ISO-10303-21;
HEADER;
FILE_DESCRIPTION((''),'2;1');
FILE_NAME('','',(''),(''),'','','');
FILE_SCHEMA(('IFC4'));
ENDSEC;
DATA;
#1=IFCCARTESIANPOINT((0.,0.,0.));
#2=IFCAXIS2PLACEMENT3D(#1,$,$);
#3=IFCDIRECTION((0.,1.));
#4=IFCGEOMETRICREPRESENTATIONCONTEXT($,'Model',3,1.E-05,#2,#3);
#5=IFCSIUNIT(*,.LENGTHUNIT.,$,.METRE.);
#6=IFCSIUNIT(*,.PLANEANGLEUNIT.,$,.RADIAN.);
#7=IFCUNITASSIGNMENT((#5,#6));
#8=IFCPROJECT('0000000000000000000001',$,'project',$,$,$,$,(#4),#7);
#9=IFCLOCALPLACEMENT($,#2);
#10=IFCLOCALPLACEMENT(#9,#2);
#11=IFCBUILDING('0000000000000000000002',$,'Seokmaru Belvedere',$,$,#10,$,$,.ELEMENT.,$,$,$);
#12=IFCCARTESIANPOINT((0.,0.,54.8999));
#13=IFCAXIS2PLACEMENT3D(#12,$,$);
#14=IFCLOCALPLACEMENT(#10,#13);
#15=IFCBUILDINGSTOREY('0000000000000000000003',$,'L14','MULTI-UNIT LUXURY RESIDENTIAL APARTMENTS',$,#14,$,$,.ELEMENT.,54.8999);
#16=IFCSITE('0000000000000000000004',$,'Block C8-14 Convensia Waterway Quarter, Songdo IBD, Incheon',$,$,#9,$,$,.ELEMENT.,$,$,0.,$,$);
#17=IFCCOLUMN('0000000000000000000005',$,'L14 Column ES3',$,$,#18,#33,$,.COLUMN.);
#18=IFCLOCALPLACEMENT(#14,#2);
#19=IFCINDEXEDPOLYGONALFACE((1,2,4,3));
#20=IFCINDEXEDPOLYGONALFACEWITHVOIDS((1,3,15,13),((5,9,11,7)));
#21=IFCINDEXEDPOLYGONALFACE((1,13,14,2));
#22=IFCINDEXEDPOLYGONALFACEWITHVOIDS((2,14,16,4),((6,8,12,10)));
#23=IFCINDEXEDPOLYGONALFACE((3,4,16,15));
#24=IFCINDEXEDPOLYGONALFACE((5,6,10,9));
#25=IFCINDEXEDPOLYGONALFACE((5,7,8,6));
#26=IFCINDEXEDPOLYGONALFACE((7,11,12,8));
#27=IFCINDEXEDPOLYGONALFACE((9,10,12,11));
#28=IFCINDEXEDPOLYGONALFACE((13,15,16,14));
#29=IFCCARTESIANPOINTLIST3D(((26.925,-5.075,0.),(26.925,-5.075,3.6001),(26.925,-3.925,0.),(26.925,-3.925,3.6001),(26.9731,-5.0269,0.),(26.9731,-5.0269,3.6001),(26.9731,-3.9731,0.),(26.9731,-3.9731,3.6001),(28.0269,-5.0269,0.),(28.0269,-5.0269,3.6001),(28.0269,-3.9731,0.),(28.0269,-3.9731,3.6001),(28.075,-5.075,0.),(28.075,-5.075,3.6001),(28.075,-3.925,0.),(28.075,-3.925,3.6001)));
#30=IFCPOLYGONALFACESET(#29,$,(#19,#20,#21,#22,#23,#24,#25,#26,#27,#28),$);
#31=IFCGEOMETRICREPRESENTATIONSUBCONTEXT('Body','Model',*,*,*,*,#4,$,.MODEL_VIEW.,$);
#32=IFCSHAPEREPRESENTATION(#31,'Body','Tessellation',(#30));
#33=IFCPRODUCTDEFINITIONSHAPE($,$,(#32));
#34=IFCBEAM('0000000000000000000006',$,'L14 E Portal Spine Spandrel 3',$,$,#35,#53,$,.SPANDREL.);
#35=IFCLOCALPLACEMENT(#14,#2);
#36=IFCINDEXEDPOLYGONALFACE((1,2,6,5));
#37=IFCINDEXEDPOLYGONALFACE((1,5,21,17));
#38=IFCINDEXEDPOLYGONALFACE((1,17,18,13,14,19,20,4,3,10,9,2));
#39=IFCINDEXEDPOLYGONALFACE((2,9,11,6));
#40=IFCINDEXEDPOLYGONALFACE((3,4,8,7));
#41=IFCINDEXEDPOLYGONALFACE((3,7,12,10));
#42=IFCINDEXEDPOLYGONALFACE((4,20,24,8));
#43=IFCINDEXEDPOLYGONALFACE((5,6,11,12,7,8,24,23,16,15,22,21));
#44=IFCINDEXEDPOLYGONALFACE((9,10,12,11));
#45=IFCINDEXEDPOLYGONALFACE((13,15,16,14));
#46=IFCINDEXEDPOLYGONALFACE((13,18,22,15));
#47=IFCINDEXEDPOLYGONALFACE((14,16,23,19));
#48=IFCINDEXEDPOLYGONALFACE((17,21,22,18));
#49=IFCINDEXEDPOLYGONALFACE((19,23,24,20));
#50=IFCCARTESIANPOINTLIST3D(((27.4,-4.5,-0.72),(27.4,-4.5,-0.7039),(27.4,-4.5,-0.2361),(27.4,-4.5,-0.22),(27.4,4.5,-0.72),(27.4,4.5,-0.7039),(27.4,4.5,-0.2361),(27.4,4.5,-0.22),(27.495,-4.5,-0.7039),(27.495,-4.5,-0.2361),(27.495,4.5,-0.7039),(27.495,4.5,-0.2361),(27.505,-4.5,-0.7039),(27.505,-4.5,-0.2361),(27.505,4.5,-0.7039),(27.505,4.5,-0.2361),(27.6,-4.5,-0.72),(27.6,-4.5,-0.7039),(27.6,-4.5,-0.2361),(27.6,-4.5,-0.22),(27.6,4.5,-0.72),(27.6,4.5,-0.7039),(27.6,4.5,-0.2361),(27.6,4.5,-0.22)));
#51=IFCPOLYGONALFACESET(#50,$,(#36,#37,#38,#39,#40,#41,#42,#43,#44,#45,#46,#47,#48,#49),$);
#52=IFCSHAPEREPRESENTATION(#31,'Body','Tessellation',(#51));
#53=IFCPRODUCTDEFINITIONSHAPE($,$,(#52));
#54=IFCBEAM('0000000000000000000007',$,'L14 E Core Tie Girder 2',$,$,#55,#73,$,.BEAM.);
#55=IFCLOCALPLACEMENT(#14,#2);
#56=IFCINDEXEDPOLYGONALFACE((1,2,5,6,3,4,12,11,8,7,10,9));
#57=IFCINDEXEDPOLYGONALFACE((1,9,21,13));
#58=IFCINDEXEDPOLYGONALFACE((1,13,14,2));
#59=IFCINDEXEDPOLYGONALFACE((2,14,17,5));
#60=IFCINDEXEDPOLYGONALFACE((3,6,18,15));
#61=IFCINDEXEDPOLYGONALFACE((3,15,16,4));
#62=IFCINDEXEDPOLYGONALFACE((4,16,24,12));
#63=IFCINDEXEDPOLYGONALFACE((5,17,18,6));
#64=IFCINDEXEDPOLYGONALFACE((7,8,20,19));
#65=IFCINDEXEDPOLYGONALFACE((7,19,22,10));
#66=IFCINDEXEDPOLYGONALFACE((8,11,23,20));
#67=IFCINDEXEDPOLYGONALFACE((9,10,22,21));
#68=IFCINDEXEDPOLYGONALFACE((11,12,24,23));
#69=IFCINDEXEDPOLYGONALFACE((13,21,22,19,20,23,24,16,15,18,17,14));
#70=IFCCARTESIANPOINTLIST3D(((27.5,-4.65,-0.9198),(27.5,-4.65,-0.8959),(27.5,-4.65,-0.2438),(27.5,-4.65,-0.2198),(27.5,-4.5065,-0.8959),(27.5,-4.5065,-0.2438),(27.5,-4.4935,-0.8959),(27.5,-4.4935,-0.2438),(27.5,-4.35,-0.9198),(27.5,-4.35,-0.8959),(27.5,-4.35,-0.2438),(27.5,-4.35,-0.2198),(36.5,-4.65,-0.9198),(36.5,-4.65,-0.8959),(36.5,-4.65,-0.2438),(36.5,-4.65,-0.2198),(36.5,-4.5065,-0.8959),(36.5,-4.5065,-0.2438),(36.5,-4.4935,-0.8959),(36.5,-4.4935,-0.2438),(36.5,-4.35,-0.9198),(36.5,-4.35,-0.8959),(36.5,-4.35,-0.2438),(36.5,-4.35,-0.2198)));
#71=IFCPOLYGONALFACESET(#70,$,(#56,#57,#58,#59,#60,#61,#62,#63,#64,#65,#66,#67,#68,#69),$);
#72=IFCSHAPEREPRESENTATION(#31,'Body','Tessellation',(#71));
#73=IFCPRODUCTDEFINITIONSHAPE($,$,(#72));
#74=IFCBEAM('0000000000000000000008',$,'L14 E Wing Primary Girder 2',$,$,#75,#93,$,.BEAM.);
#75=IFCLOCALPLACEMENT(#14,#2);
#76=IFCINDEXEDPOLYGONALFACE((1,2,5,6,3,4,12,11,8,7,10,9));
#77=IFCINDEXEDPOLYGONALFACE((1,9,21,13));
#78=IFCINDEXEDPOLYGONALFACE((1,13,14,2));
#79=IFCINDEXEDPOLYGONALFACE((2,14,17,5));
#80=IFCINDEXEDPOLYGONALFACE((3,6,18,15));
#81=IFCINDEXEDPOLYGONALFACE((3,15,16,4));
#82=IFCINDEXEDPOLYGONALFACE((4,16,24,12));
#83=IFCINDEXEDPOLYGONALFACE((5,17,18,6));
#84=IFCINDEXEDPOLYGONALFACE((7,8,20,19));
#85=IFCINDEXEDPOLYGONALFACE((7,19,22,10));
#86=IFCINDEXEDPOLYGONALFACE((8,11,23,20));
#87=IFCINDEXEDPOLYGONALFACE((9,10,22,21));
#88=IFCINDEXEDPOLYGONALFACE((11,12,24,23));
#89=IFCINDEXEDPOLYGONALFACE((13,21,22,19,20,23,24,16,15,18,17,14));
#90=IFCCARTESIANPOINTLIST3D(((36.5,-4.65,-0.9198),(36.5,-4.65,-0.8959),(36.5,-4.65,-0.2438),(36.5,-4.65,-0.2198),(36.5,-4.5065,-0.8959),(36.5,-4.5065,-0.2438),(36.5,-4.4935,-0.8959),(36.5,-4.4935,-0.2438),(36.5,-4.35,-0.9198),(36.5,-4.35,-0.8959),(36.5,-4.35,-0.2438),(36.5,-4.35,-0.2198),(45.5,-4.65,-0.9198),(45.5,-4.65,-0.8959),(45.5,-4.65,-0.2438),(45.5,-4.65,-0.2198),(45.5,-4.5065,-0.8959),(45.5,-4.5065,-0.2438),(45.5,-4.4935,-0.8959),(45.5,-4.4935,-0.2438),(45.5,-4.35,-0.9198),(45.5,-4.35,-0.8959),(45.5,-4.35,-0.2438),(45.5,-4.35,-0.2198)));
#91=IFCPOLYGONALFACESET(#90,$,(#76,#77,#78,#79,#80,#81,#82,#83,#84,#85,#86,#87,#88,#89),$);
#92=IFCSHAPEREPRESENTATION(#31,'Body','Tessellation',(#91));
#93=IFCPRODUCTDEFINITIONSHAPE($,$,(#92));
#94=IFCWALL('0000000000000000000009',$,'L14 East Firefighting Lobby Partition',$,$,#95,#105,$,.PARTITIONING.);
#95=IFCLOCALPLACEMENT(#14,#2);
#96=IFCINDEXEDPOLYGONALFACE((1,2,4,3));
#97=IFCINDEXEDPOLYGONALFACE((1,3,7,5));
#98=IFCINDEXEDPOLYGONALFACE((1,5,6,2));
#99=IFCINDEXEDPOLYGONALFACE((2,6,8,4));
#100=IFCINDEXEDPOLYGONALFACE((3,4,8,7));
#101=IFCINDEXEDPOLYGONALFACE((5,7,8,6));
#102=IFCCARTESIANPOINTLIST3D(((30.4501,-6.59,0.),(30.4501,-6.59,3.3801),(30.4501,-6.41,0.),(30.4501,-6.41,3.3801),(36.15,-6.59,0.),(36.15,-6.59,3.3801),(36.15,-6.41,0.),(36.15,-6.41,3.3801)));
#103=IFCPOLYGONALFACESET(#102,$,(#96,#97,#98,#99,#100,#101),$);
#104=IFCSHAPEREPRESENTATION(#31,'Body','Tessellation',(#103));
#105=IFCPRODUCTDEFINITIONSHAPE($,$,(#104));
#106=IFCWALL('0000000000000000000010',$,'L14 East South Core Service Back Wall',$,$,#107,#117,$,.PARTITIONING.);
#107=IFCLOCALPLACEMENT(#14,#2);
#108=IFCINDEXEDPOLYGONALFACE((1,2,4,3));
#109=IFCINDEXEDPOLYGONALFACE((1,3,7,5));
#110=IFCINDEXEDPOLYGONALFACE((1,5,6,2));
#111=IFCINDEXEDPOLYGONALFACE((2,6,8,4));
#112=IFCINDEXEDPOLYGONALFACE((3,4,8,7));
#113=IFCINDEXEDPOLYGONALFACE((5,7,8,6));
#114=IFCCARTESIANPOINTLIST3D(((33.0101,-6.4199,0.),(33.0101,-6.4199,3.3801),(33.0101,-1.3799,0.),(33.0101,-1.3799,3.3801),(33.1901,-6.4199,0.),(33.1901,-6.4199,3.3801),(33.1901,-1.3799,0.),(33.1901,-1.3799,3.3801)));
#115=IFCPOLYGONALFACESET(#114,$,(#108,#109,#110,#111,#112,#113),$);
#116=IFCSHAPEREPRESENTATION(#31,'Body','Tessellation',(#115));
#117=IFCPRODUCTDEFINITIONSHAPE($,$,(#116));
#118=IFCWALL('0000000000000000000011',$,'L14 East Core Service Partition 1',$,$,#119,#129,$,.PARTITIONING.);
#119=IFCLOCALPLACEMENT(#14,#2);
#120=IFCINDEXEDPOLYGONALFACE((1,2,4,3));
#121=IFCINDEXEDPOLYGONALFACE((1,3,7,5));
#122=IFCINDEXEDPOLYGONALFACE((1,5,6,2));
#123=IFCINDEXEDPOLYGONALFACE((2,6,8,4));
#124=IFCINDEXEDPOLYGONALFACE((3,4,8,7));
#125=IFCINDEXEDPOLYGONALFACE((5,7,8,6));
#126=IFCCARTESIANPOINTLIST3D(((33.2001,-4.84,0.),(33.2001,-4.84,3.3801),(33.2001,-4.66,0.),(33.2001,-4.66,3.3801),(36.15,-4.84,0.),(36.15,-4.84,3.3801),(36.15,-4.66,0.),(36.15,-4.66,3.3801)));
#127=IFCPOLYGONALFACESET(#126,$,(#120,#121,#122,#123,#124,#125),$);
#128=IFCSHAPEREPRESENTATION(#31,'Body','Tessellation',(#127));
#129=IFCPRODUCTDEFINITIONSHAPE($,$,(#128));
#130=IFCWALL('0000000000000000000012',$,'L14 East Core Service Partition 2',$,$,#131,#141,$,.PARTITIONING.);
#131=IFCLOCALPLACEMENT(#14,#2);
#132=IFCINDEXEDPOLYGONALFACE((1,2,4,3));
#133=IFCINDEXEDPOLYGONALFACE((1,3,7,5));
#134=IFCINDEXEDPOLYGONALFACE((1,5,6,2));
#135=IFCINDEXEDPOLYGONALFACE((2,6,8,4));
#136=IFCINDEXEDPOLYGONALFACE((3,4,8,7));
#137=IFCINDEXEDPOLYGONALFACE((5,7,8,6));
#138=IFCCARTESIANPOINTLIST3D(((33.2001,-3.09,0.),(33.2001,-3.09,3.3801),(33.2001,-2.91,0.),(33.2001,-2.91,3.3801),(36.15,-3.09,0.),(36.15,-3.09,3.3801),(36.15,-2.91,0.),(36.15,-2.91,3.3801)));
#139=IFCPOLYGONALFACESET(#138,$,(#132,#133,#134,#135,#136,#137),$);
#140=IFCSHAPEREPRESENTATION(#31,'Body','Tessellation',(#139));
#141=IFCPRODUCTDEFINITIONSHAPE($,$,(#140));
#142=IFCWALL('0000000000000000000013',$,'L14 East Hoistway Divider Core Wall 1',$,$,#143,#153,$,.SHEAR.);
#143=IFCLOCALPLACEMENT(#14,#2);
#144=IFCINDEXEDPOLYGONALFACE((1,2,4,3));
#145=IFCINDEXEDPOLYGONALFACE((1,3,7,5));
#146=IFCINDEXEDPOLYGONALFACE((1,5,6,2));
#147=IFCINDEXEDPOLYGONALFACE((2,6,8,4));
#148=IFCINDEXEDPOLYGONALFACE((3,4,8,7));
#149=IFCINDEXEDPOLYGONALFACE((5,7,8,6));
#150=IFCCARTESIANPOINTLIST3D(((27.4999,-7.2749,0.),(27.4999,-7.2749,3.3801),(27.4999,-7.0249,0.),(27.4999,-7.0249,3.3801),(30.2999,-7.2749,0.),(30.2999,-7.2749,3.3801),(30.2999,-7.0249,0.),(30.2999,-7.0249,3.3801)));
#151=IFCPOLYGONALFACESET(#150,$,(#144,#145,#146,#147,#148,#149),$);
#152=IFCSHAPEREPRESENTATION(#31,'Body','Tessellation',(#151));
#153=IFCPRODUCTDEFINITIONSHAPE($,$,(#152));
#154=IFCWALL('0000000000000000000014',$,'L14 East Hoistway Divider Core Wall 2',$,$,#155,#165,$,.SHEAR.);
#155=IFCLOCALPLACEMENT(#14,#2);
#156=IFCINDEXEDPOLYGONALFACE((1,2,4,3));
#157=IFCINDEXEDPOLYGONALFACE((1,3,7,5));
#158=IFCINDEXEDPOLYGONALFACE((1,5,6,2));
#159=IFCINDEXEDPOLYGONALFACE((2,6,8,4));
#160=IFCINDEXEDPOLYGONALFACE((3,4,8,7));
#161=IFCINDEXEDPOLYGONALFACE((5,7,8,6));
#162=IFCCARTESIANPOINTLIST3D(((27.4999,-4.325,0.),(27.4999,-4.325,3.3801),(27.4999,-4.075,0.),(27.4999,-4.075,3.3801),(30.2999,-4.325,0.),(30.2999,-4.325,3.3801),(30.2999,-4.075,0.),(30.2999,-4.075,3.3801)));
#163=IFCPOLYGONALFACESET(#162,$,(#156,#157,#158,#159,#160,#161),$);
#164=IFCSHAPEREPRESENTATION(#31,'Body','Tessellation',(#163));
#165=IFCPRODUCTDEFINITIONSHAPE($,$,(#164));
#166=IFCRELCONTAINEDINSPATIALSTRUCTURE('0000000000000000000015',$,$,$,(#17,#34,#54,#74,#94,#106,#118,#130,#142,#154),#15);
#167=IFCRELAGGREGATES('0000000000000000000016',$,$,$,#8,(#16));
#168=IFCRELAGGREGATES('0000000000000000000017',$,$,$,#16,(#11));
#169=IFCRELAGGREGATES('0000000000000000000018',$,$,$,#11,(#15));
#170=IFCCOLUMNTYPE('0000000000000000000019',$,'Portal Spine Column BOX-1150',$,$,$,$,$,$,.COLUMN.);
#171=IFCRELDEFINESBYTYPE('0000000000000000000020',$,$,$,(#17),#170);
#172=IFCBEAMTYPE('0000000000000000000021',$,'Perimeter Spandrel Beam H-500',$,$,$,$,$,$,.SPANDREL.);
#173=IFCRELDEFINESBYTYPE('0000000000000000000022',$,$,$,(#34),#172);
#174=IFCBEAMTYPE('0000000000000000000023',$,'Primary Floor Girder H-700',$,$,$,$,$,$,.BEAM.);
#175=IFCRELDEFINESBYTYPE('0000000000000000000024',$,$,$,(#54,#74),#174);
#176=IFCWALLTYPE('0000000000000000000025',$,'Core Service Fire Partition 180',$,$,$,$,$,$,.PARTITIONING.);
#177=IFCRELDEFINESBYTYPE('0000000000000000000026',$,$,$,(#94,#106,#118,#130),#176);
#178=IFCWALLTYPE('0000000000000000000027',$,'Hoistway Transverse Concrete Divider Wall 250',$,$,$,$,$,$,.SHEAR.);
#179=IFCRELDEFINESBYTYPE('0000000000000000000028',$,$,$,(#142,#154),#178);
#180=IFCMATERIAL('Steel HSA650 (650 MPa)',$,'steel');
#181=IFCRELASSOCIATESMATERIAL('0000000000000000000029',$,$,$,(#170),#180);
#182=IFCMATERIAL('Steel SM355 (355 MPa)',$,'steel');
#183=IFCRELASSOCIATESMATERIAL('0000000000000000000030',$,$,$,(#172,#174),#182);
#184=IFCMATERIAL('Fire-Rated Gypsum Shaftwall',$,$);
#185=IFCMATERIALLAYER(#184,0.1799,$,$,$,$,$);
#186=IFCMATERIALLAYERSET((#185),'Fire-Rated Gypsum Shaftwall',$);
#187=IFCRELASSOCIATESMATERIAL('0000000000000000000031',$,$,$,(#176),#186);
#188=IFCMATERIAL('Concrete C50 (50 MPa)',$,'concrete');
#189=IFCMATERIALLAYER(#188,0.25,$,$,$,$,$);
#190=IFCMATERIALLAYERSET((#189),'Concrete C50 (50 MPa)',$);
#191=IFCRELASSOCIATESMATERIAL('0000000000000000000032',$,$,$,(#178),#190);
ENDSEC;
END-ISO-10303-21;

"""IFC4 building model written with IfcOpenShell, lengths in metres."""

from ifc_helpers import new_model, si_unit, direction, frame, frame_2d, origin, origin_2d, place, context, subcontext, project, spatial, rectangle, hollow_rectangle, i_section, extrude, source, transform, mapped, material, layer, layer_set, material_profile, profile_set, type_object, type_shapes, element, save


model = new_model("IFC4")

# Units and contexts
model_context = context("Model", 3, precision=1e-05, world=origin(), true_north=direction((0.0, 1.0)))
body_context = subcontext(model_context, "Body", "Model", "MODEL_VIEW")
ifc_project = project(units=[si_unit("LENGTHUNIT", "METRE"), si_unit("PLANEANGLEUNIT", "RADIAN")], contexts=[model_context])

# Site, building, storey
site_placement = place(None, origin())
site = spatial("IfcSite", under=ifc_project, at=site_placement, Name="Block C8-14 Convensia Waterway Quarter, Songdo IBD, Incheon", CompositionType="ELEMENT", RefElevation=0.0)
building_placement = place(site_placement, origin())
building = spatial("IfcBuilding", under=site, at=building_placement, Name="Seokmaru Belvedere", CompositionType="ELEMENT")
storey_placement = place(building_placement, frame((0.0, 0.0, 54.8999)))
storey = spatial("IfcBuildingStorey", under=building, at=storey_placement, Name="L14", Description="MULTI-UNIT LUXURY RESIDENTIAL APARTMENTS", CompositionType="ELEMENT", Elevation=54.8999)

# Column
ifc_material_1 = material(Name="Steel HSA650 (650 MPa)", Category="steel")
ifc_material_profile_1 = material_profile(ifc_material_1, hollow_rectangle(XDim=1.1499, YDim=1.1499, WallThickness=0.0481, at=origin_2d()), Name="BOX-1150x1150x48")
ifc_profile_set_1 = profile_set([ifc_material_profile_1], Name="Steel HSA650 (650 MPa)")
column_type = type_object("IfcColumnType", Name="Portal Spine Column BOX-1150", PredefinedType="COLUMN", material=ifc_profile_set_1)
shared_shape_1 = source(origin(), body_context, "Body", "SweptSolid", [
    extrude(hollow_rectangle(XDim=1.1499, YDim=1.1499, WallThickness=0.0481, at=origin_2d()), origin(), (0.0, 0.0, 1.0), 3.6001),
])
type_shapes(column_type, [shared_shape_1])
column_placement = place(storey_placement, frame((27.5, -4.5, 0.0), z_axis=(0.0, 0.0, 1.0), x_axis=(1.0, 0.0, 0.0)))
element("IfcColumn", 1, at=column_placement, inside=storey, type_object=column_type, Name="L14 Column ES3", PredefinedType="COLUMN", context=body_context, shape_type="MappedRepresentation", body=[
    mapped(shared_shape_1, transform((0.0, 0.0, 0.0), scale=1.0)),
])

# Beams
ifc_material_2 = material(Name="Steel SM355 (355 MPa)", Category="steel")
ifc_material_profile_2 = material_profile(ifc_material_2, i_section(OverallWidth=0.2, OverallDepth=0.5, WebThickness=0.01, FlangeThickness=0.0161, at=origin_2d()), Name="H-500x200x10x16")
ifc_profile_set_2 = profile_set([ifc_material_profile_2], Name="Steel SM355 (355 MPa)")
beam_type_1 = type_object("IfcBeamType", Name="Perimeter Spandrel Beam H-500", PredefinedType="SPANDREL", material=ifc_profile_set_2)
shared_shape_2 = source(origin(), body_context, "Body", "SweptSolid", [
    extrude(i_section(OverallWidth=0.2, OverallDepth=0.5, WebThickness=0.01, FlangeThickness=0.0161, at=origin_2d()), origin(), (0.0, 0.0, 1.0), 9.0),
])
type_shapes(beam_type_1, [shared_shape_2])
beam_placement = place(storey_placement, frame((27.5, -4.5, -0.47), z_axis=(0.0, 1.0, 0.0), x_axis=(-1.0, 0.0, 0.0)))
element("IfcBeam", 2, at=beam_placement, inside=storey, type_object=beam_type_1, Name="L14 E Portal Spine Spandrel 3", PredefinedType="SPANDREL", context=body_context, shape_type="MappedRepresentation", body=[
    mapped(shared_shape_2, transform((0.0, 0.0, 0.0), scale=1.0)),
])
ifc_material_profile_3 = material_profile(ifc_material_2, i_section(OverallWidth=0.3, OverallDepth=0.7, WebThickness=0.0129, FlangeThickness=0.0239, at=origin_2d()), Name="H-700x300x13x24")
ifc_profile_set_3 = profile_set([ifc_material_profile_3], Name="Steel SM355 (355 MPa)")
beam_type_2 = type_object("IfcBeamType", Name="Primary Floor Girder H-700", PredefinedType="BEAM", material=ifc_profile_set_3)
shared_shape_3 = source(origin(), body_context, "Body", "SweptSolid", [
    extrude(i_section(OverallWidth=0.3, OverallDepth=0.7, WebThickness=0.0129, FlangeThickness=0.0239, at=origin_2d()), origin(), (0.0, 0.0, 1.0), 9.0),
])
type_shapes(beam_type_2, [shared_shape_3])
for number, where, z_axis, x_axis, name in (
    (3, (27.5, -4.5, -0.5698), (1.0, 0.0, 0.0), (0.0, 1.0, 0.0), "L14 E Core Tie Girder 2"),
    (4, (36.5, -4.5, -0.5698), (1.0, 0.0, 0.0), (0.0, 1.0, 0.0), "L14 E Wing Primary Girder 2"),
):
    element("IfcBeam", number, at=place(storey_placement, frame(where, z_axis=z_axis, x_axis=x_axis)), inside=storey, type_object=beam_type_2, Name=name, PredefinedType="BEAM", context=body_context, shape_type="MappedRepresentation", body=[
        mapped(shared_shape_3, transform((0.0, 0.0, 0.0), scale=1.0)),
    ])

# Walls
ifc_material_3 = material(Name="Fire-Rated Gypsum Shaftwall")
ifc_layer_1 = layer(ifc_material_3, 0.1799)
ifc_layer_set_1 = layer_set([ifc_layer_1], Name="Fire-Rated Gypsum Shaftwall")
wall_type_1 = type_object("IfcWallType", Name="Core Service Fire Partition 180", PredefinedType="PARTITIONING", material=ifc_layer_set_1)
wall_1_placement = place(storey_placement, frame((30.45, -6.5, 0.0), z_axis=(0.0, 0.0, 1.0), x_axis=(1.0, 0.0, 0.0)))
element("IfcWall", 5, at=wall_1_placement, inside=storey, type_object=wall_type_1, Name="L14 East Firefighting Lobby Partition", PredefinedType="PARTITIONING", context=body_context, shape_type="SweptSolid", body=[
    extrude(rectangle(XDim=5.7, YDim=0.1799, at=frame_2d((2.8501, 0.0))), origin(), (0.0, 0.0, 1.0), 3.3801),
])
wall_2_placement = place(storey_placement, frame((33.1001, -6.4199, 0.0), z_axis=(0.0, 0.0, 1.0), x_axis=(0.0, 1.0, 0.0)))
element("IfcWall", 6, at=wall_2_placement, inside=storey, type_object=wall_type_1, Name="L14 East South Core Service Back Wall", PredefinedType="PARTITIONING", context=body_context, shape_type="SweptSolid", body=[
    extrude(rectangle(XDim=5.04, YDim=0.1799, at=frame_2d((2.52, 0.0))), origin(), (0.0, 0.0, 1.0), 3.3801),
])
for number, where, z_axis, x_axis, name in (
    (7, (33.2, -4.75, 0.0), (0.0, 0.0, 1.0), (1.0, 0.0, 0.0), "L14 East Core Service Partition 1"),
    (8, (33.2, -3.0, 0.0), (0.0, 0.0, 1.0), (1.0, 0.0, 0.0), "L14 East Core Service Partition 2"),
):
    element("IfcWall", number, at=place(storey_placement, frame(where, z_axis=z_axis, x_axis=x_axis)), inside=storey, type_object=wall_type_1, Name=name, PredefinedType="PARTITIONING", context=body_context, shape_type="SweptSolid", body=[
        extrude(rectangle(XDim=2.95, YDim=0.1799, at=frame_2d((1.4751, 0.0))), origin(), (0.0, 0.0, 1.0), 3.3801),
    ])
ifc_material_4 = material(Name="Concrete C50 (50 MPa)", Category="concrete")
ifc_layer_2 = layer(ifc_material_4, 0.25)
ifc_layer_set_2 = layer_set([ifc_layer_2], Name="Concrete C50 (50 MPa)")
wall_type_2 = type_object("IfcWallType", Name="Hoistway Transverse Concrete Divider Wall 250", PredefinedType="SHEAR", material=ifc_layer_set_2)
for number, where, z_axis, x_axis, name in (
    (9, (27.5, -7.1499, 0.0), (0.0, 0.0, 1.0), (1.0, 0.0, 0.0), "L14 East Hoistway Divider Core Wall 1"),
    (10, (27.5, -4.2, 0.0), (0.0, 0.0, 1.0), (1.0, 0.0, 0.0), "L14 East Hoistway Divider Core Wall 2"),
):
    element("IfcWall", number, at=place(storey_placement, frame(where, z_axis=z_axis, x_axis=x_axis)), inside=storey, type_object=wall_type_2, Name=name, PredefinedType="SHEAR", context=body_context, shape_type="SweptSolid", body=[
        extrude(rectangle(XDim=2.8, YDim=0.25, at=frame_2d((1.3999, 0.0))), origin(), (0.0, 0.0, 1.0), 3.3801),
    ])

save(model, "model.ifc")
